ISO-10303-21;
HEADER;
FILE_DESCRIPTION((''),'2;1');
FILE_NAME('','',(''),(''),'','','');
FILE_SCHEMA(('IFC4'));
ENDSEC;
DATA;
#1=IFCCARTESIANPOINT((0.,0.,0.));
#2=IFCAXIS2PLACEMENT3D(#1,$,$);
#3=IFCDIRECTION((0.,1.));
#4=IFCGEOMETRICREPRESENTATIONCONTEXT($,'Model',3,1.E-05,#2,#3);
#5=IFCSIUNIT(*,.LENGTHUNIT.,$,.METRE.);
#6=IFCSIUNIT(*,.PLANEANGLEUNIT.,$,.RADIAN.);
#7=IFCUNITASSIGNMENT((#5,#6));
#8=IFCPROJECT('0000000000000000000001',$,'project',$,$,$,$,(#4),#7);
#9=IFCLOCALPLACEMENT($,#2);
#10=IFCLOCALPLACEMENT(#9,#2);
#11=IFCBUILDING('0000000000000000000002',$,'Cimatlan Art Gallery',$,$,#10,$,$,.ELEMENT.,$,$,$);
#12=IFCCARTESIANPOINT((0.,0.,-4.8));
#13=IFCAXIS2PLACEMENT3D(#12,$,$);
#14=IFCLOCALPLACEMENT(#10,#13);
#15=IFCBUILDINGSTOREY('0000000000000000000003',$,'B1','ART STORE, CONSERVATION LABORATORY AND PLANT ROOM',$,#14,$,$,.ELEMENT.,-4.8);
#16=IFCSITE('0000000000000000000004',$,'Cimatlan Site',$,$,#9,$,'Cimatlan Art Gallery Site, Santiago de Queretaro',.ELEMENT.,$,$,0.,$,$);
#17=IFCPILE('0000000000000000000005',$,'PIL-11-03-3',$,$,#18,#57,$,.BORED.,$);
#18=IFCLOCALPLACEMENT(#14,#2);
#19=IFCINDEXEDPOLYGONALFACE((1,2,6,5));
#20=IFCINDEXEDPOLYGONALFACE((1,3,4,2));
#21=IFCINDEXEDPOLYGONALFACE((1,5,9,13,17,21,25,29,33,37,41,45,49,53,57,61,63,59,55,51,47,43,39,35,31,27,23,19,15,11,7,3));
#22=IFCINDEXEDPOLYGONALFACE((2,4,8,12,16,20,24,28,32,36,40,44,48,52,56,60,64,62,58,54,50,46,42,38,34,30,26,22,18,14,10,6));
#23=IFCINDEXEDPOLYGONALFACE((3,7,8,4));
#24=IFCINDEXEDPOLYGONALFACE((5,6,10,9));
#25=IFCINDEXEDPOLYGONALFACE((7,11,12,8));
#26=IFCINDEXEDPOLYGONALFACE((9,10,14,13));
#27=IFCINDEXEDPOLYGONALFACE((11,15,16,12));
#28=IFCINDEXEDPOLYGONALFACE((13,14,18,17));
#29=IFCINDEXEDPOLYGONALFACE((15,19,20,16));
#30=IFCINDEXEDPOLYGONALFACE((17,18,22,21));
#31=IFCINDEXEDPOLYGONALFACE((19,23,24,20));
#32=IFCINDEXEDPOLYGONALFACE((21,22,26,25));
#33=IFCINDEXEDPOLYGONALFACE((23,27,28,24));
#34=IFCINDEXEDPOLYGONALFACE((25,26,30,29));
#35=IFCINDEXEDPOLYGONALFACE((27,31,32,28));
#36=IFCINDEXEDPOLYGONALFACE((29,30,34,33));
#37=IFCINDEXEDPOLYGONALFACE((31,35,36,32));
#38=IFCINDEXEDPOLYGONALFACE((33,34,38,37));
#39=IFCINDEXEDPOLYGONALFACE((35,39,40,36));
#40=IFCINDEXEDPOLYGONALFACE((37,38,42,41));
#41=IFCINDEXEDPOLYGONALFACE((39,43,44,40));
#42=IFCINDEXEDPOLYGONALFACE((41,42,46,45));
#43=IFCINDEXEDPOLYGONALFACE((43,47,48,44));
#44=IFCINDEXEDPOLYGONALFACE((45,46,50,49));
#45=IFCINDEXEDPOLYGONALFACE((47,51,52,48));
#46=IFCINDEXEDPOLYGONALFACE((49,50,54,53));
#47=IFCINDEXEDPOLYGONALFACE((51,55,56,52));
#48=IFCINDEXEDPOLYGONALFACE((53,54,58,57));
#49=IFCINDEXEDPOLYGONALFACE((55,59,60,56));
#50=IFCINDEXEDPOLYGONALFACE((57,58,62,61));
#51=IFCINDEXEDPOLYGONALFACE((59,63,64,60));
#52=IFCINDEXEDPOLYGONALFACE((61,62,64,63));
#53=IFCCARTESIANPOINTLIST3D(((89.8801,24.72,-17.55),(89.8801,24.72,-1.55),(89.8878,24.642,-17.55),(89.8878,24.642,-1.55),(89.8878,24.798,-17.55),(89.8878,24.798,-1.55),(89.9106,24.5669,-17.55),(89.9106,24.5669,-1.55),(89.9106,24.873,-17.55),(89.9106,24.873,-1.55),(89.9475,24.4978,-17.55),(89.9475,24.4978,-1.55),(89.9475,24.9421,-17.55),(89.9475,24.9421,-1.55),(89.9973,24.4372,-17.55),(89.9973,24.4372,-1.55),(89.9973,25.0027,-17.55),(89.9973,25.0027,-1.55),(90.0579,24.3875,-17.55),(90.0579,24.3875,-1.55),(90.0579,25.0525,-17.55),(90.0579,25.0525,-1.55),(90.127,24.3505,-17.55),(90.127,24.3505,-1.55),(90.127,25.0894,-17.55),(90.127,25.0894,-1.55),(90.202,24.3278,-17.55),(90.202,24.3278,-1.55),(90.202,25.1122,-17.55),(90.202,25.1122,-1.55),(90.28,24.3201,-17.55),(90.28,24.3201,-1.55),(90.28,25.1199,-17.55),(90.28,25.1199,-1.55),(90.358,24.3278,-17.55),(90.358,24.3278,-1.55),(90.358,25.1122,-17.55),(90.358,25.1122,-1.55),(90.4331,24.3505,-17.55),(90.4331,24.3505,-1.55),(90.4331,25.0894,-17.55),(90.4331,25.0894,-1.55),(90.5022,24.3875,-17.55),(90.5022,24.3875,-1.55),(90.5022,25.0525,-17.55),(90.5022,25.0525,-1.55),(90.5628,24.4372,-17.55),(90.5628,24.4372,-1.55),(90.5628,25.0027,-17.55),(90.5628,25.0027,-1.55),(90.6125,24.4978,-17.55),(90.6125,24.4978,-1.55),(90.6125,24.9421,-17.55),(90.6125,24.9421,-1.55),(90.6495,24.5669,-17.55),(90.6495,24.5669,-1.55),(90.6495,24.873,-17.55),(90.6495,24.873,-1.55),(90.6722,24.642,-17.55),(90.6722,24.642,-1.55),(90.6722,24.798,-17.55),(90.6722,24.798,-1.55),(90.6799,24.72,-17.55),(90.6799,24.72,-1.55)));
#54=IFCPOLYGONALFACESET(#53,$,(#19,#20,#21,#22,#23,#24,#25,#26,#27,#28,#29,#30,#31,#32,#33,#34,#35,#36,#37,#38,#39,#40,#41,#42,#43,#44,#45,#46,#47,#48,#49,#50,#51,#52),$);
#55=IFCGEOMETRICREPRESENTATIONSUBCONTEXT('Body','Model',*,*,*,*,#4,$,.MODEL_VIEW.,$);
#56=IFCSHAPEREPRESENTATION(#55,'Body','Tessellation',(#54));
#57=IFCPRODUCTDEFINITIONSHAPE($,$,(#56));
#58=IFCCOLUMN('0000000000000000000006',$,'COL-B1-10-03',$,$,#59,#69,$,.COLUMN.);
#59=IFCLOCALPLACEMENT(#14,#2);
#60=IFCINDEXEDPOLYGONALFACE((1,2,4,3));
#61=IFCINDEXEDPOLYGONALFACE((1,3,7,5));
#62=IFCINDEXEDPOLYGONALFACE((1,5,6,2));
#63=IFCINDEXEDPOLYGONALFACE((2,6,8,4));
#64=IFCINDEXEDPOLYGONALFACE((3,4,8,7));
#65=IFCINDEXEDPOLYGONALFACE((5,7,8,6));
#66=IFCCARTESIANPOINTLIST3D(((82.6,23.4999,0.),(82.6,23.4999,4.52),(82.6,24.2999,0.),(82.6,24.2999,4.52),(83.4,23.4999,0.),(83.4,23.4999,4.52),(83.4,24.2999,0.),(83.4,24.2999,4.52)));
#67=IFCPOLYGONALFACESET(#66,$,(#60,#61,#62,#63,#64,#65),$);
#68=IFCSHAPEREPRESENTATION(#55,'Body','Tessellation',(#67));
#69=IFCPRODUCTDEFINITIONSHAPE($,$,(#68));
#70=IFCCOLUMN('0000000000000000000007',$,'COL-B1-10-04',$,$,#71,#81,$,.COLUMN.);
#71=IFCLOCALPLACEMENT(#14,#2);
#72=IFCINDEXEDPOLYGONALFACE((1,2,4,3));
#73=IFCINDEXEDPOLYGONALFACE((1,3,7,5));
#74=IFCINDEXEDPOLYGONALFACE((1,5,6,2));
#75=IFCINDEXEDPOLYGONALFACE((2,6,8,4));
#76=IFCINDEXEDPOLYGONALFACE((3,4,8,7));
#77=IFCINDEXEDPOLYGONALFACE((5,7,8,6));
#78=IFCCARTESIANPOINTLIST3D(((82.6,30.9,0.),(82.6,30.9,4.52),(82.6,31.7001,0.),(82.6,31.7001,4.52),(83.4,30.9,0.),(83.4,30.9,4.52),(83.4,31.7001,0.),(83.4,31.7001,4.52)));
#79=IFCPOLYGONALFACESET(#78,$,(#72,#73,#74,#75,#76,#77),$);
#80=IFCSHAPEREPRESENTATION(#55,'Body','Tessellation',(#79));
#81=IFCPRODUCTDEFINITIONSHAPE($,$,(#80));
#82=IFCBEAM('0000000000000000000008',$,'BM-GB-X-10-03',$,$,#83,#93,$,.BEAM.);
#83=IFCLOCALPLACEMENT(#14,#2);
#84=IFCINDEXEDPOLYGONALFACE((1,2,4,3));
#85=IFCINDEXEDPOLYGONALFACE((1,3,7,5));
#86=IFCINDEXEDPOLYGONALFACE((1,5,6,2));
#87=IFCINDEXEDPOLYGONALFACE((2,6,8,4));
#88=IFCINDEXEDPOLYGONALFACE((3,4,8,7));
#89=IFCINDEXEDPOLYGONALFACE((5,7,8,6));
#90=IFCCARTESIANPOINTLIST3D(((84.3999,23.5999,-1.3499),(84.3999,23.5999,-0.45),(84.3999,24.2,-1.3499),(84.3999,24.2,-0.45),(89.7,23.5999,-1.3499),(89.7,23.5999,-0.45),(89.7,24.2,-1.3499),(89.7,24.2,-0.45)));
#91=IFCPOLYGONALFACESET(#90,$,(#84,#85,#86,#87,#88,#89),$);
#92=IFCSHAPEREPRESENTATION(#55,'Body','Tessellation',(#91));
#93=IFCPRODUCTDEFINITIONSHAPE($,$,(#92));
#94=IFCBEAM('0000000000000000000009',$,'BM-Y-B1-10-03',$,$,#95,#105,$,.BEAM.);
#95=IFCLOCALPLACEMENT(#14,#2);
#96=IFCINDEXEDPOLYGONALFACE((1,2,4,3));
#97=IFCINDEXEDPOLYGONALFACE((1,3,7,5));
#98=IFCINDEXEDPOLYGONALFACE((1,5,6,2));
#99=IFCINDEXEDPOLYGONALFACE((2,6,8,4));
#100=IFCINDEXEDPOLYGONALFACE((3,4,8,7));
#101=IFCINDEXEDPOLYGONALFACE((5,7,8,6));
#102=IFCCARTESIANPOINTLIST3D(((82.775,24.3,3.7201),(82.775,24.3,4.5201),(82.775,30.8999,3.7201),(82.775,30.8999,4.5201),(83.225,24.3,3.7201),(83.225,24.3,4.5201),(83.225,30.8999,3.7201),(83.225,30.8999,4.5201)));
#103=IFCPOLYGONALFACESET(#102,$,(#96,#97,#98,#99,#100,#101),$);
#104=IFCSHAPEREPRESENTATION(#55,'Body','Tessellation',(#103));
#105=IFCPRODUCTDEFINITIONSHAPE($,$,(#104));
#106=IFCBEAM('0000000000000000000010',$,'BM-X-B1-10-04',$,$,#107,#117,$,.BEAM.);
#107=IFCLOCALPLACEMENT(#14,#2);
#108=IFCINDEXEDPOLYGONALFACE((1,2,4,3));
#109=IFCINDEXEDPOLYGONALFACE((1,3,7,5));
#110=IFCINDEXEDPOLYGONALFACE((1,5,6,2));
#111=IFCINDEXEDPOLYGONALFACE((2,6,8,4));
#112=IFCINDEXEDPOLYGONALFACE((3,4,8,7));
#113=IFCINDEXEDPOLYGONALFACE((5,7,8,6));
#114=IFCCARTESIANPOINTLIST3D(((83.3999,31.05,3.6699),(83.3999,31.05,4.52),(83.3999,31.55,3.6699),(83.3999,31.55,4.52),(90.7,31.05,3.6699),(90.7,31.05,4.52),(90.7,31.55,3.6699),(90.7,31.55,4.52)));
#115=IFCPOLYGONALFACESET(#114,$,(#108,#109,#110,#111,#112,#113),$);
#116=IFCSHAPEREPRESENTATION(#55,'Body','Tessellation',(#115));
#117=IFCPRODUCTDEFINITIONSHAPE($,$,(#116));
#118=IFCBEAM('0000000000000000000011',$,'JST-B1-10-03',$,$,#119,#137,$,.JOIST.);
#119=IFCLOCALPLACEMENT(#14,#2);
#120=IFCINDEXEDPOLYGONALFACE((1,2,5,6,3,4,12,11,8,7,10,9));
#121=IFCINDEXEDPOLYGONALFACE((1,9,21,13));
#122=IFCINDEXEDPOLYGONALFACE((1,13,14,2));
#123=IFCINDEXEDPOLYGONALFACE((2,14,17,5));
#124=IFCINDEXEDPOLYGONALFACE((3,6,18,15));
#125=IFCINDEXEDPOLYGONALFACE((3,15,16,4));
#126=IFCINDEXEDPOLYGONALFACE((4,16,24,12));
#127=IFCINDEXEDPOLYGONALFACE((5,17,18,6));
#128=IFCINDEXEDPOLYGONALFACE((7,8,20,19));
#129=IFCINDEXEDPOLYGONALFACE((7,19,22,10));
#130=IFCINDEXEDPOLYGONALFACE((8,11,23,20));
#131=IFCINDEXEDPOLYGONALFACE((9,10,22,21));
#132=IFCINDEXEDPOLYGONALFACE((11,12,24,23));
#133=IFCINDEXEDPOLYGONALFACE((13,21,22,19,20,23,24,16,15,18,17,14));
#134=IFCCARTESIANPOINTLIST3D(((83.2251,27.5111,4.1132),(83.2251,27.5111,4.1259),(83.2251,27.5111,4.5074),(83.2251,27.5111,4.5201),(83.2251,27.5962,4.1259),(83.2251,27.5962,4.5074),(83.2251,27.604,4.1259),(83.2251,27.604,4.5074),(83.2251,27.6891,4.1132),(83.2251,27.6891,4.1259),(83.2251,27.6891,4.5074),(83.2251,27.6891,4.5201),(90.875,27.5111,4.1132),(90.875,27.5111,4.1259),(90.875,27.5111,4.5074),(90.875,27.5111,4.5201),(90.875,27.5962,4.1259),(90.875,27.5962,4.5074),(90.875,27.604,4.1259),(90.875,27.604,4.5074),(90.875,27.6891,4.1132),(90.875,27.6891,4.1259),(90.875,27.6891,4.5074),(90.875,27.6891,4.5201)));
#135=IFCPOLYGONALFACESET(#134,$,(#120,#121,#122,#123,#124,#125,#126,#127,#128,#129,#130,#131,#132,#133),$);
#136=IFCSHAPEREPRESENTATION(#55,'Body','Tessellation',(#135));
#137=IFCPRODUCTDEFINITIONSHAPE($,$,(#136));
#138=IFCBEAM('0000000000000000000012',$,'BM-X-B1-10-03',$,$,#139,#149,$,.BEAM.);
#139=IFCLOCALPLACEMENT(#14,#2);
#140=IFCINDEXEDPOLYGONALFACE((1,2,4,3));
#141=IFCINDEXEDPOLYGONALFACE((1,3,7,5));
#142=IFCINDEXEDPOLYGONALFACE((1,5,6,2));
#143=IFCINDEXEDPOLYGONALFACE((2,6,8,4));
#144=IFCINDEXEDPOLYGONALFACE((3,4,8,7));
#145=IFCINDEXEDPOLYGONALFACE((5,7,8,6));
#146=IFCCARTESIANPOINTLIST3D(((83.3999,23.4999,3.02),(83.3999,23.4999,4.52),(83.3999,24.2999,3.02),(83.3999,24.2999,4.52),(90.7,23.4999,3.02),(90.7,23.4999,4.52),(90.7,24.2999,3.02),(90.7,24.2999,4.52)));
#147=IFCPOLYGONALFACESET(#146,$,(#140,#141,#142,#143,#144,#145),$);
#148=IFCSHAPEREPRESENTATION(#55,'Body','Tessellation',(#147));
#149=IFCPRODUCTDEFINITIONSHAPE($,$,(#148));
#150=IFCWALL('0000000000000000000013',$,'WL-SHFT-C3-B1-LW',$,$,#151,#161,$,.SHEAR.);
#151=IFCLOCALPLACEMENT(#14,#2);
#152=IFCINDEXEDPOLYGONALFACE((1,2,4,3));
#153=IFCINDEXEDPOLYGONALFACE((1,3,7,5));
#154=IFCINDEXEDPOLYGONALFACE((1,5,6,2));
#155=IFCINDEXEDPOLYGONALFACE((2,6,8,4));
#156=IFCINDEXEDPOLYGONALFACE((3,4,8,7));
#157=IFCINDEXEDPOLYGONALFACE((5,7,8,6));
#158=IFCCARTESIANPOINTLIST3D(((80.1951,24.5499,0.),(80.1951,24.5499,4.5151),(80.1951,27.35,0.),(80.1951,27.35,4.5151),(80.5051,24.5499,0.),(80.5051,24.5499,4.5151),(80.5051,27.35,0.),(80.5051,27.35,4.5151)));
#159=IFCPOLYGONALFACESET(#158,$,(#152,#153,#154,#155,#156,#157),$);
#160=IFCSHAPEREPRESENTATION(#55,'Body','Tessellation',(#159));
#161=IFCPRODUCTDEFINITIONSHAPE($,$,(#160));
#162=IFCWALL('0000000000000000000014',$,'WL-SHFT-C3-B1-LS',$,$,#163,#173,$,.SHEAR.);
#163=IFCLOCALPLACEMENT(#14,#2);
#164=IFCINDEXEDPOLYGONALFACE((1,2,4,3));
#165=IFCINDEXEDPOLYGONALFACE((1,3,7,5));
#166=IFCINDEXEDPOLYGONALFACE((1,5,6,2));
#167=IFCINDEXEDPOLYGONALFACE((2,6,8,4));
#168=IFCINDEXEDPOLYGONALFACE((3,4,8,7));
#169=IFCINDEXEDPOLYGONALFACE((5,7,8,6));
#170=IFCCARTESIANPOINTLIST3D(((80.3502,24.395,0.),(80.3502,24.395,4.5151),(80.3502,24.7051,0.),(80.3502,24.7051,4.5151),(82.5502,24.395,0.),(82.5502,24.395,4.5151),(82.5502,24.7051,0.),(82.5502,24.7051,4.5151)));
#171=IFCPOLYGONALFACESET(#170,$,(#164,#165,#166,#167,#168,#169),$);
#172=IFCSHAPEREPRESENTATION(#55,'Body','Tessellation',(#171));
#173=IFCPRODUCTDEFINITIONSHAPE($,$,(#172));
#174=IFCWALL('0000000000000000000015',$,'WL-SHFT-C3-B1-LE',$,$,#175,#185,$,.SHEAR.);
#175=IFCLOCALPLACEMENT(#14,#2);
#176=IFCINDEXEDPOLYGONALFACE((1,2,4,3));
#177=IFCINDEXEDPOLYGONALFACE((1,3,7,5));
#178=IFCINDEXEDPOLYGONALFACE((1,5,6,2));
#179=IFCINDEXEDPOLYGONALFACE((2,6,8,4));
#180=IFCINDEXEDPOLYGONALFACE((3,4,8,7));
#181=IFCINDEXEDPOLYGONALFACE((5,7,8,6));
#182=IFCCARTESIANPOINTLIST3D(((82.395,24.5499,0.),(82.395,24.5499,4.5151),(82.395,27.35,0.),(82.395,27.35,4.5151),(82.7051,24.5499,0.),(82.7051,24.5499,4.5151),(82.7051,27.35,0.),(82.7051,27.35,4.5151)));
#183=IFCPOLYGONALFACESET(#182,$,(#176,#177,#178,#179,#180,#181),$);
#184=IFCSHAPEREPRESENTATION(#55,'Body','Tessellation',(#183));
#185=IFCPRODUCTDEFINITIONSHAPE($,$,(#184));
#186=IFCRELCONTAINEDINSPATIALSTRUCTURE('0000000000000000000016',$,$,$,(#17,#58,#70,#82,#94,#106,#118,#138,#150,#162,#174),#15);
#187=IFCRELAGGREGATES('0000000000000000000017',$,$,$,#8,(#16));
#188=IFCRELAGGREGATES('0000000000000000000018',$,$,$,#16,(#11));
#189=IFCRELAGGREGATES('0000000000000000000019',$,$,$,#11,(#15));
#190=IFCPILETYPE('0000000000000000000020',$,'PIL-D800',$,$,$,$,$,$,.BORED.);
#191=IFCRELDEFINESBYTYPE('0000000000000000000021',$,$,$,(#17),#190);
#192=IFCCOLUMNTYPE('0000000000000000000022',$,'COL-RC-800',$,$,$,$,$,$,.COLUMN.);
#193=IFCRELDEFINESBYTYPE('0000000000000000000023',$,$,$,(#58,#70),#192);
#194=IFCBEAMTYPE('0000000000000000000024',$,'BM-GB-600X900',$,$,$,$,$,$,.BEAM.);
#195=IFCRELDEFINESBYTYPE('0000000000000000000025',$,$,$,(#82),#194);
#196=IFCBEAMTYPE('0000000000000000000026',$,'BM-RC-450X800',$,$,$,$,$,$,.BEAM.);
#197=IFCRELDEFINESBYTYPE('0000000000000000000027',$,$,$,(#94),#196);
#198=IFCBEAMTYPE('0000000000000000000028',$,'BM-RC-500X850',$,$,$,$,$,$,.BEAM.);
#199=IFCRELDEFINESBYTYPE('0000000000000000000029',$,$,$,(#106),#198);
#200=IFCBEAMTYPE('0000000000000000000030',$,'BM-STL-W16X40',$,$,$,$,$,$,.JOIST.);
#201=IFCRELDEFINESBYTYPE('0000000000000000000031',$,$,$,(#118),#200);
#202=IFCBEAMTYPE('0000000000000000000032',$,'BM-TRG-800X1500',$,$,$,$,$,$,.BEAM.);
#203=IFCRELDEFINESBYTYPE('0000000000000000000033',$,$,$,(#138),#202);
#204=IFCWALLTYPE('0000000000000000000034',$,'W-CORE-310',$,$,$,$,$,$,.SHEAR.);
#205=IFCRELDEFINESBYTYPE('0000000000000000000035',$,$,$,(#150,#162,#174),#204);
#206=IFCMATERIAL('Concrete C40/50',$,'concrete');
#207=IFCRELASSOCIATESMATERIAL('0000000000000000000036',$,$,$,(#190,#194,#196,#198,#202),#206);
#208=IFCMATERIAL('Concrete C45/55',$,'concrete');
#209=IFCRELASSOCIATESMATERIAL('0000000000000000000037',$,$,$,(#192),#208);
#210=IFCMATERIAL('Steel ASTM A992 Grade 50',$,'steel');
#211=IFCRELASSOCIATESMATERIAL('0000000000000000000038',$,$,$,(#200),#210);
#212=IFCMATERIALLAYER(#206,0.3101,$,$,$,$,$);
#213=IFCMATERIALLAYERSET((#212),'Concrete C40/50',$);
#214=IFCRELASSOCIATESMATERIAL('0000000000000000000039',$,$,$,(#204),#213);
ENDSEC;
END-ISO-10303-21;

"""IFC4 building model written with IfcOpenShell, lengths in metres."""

from ifc_helpers import new_model, si_unit, direction, frame, frame_2d, origin, origin_2d, place, context, subcontext, project, spatial, rectangle, circle, i_section, extrude, material, layer, layer_set, material_profile, profile_set, type_object, element, save


model = new_model("IFC4")

# Units and contexts
model_context = context("Model", 3, precision=1e-05, world=origin(), true_north=direction((0.0, 1.0)))
body_context = subcontext(model_context, "Body", "Model", "MODEL_VIEW")
ifc_project = project(units=[si_unit("LENGTHUNIT", "METRE"), si_unit("PLANEANGLEUNIT", "RADIAN")], contexts=[model_context])

# Site, building, storey
site_placement = place(None, origin())
site = spatial("IfcSite", under=ifc_project, at=site_placement, Name="Cimatlan Site", LongName="Cimatlan Art Gallery Site, Santiago de Queretaro", CompositionType="ELEMENT", RefElevation=0.0)
building_placement = place(site_placement, origin())
building = spatial("IfcBuilding", under=site, at=building_placement, Name="Cimatlan Art Gallery", CompositionType="ELEMENT")
storey_placement = place(building_placement, frame((0.0, 0.0, -4.8)))
storey = spatial("IfcBuildingStorey", under=building, at=storey_placement, Name="B1", Description="ART STORE, CONSERVATION LABORATORY AND PLANT ROOM", CompositionType="ELEMENT", Elevation=-4.8)

# Shared definitions
ifc_material_1 = material(Name="Concrete C40/50", Category="concrete")

# Pile
pile_type = type_object("IfcPileType", Name="PIL-D800", PredefinedType="BORED", material=ifc_material_1)
for number, where, z_axis, x_axis, name in (
    (1, (90.28, 24.72, -1.55), (0.0, 0.0, -1.0), (1.0, 0.0, 0.0), "PIL-11-03-3"),
):
    element("IfcPile", number, at=place(storey_placement, frame(where, z_axis=z_axis, x_axis=x_axis)), inside=storey, type_object=pile_type, Name=name, PredefinedType="BORED", context=body_context, shape_type="SweptSolid", body=[
        extrude(circle(Radius=0.3999, at=origin_2d()), origin(), (0.0, 0.0, 1.0), 16.0),
    ])

# Columns
ifc_material_2 = material(Name="Concrete C45/55", Category="concrete")
ifc_material_profile_1 = material_profile(ifc_material_2, rectangle(XDim=0.8, YDim=0.8, at=origin_2d()), Name="RC800X800")
ifc_profile_set_1 = profile_set([ifc_material_profile_1], Name="Concrete C45/55")
column_type = type_object("IfcColumnType", Name="COL-RC-800", PredefinedType="COLUMN", material=ifc_profile_set_1)
for number, where, z_axis, x_axis, name in (
    (2, (83.0, 23.8999, 0.0), (0.0, 0.0, 1.0), (1.0, 0.0, 0.0), "COL-B1-10-03"),
    (3, (83.0, 31.3, 0.0), (0.0, 0.0, 1.0), (1.0, 0.0, 0.0), "COL-B1-10-04"),
):
    element("IfcColumn", number, at=place(storey_placement, frame(where, z_axis=z_axis, x_axis=x_axis)), inside=storey, type_object=column_type, Name=name, PredefinedType="COLUMN", context=body_context, shape_type="SweptSolid", body=[
        extrude(rectangle(XDim=0.8, YDim=0.8, at=origin_2d()), origin(), (0.0, 0.0, 1.0), 4.52),
    ])

# Beams
ifc_material_profile_2 = material_profile(ifc_material_1, rectangle(XDim=0.6001, YDim=0.8999, at=origin_2d()), Name="RC600X900")
ifc_profile_set_2 = profile_set([ifc_material_profile_2], Name="Concrete C40/50")
beam_type_1 = type_object("IfcBeamType", Name="BM-GB-600X900", PredefinedType="BEAM", material=ifc_profile_set_2)
beam_1_placement = place(storey_placement, frame((84.3999, 23.8999, -0.8999), z_axis=(1.0, 0.0, 0.0), x_axis=(0.0, 1.0, 0.0)))
element("IfcBeam", 4, at=beam_1_placement, inside=storey, type_object=beam_type_1, Name="BM-GB-X-10-03", PredefinedType="BEAM", context=body_context, shape_type="SweptSolid", body=[
    extrude(rectangle(XDim=0.6001, YDim=0.8999, at=origin_2d()), origin(), (0.0, 0.0, 1.0), 5.3),
])
ifc_material_profile_3 = material_profile(ifc_material_1, rectangle(XDim=0.45, YDim=0.8, at=origin_2d()), Name="RC450X800")
ifc_profile_set_3 = profile_set([ifc_material_profile_3], Name="Concrete C40/50")
beam_type_2 = type_object("IfcBeamType", Name="BM-RC-450X800", PredefinedType="BEAM", material=ifc_profile_set_3)
beam_2_placement = place(storey_placement, frame((83.0, 24.3, 4.1201), z_axis=(0.0, 1.0, 0.0), x_axis=(-1.0, 0.0, 0.0)))
element("IfcBeam", 5, at=beam_2_placement, inside=storey, type_object=beam_type_2, Name="BM-Y-B1-10-03", PredefinedType="BEAM", context=body_context, shape_type="SweptSolid", body=[
    extrude(rectangle(XDim=0.45, YDim=0.8, at=origin_2d()), origin(), (0.0, 0.0, 1.0), 6.5999),
])
ifc_material_profile_4 = material_profile(ifc_material_1, rectangle(XDim=0.5, YDim=0.8501, at=origin_2d()), Name="RC500X850")
ifc_profile_set_4 = profile_set([ifc_material_profile_4], Name="Concrete C40/50")
beam_type_3 = type_object("IfcBeamType", Name="BM-RC-500X850", PredefinedType="BEAM", material=ifc_profile_set_4)
beam_3_placement = place(storey_placement, frame((83.3999, 31.3, 4.095), z_axis=(1.0, 0.0, 0.0), x_axis=(0.0, 1.0, 0.0)))
element("IfcBeam", 6, at=beam_3_placement, inside=storey, type_object=beam_type_3, Name="BM-X-B1-10-04", PredefinedType="BEAM", context=body_context, shape_type="SweptSolid", body=[
    extrude(rectangle(XDim=0.5, YDim=0.8501, at=origin_2d()), origin(), (0.0, 0.0, 1.0), 7.3),
])
ifc_material_3 = material(Name="Steel ASTM A992 Grade 50", Category="steel")
ifc_material_profile_5 = material_profile(ifc_material_3, i_section(OverallWidth=0.178, OverallDepth=0.407, WebThickness=0.0078, FlangeThickness=0.0127, at=origin_2d()), Name="W16X40")
ifc_profile_set_5 = profile_set([ifc_material_profile_5], Name="Steel ASTM A992 Grade 50")
beam_type_4 = type_object("IfcBeamType", Name="BM-STL-W16X40", PredefinedType="JOIST", material=ifc_profile_set_5)
beam_4_placement = place(storey_placement, frame((83.2251, 27.6001, 4.3167), z_axis=(1.0, 0.0, 0.0), x_axis=(0.0, 1.0, 0.0)))
element("IfcBeam", 7, at=beam_4_placement, inside=storey, type_object=beam_type_4, Name="JST-B1-10-03", PredefinedType="JOIST", context=body_context, shape_type="SweptSolid", body=[
    extrude(i_section(OverallWidth=0.178, OverallDepth=0.407, WebThickness=0.0078, FlangeThickness=0.0127, at=origin_2d()), origin(), (0.0, 0.0, 1.0), 7.6499),
])
ifc_material_profile_6 = material_profile(ifc_material_1, rectangle(XDim=0.8, YDim=1.5, at=origin_2d()), Name="RC800X1500")
ifc_profile_set_6 = profile_set([ifc_material_profile_6], Name="Concrete C40/50")
beam_type_5 = type_object("IfcBeamType", Name="BM-TRG-800X1500", PredefinedType="BEAM", material=ifc_profile_set_6)
beam_5_placement = place(storey_placement, frame((83.3999, 23.8999, 3.77), z_axis=(1.0, 0.0, 0.0), x_axis=(0.0, 1.0, 0.0)))
element("IfcBeam", 8, at=beam_5_placement, inside=storey, type_object=beam_type_5, Name="BM-X-B1-10-03", PredefinedType="BEAM", context=body_context, shape_type="SweptSolid", body=[
    extrude(rectangle(XDim=0.8, YDim=1.5, at=origin_2d()), origin(), (0.0, 0.0, 1.0), 7.3),
])

# Walls
ifc_layer_1 = layer(ifc_material_1, 0.3101)
ifc_layer_set_1 = layer_set([ifc_layer_1], Name="Concrete C40/50")
wall_type_1 = type_object("IfcWallType", Name="W-CORE-310", PredefinedType="SHEAR", material=ifc_layer_set_1)
wall_1_placement = place(storey_placement, frame((80.3501, 24.55, 0.0), z_axis=(0.0, 0.0, 1.0), x_axis=(0.0, 1.0, 0.0)))
element("IfcWall", 9, at=wall_1_placement, inside=storey, type_object=wall_type_1, Name="WL-SHFT-C3-B1-LW", PredefinedType="SHEAR", context=body_context, shape_type="SweptSolid", body=[
    extrude(rectangle(XDim=2.8, YDim=0.3101, at=frame_2d((1.3999, 0.0))), origin(), (0.0, 0.0, 1.0), 4.5151),
])
wall_2_placement = place(storey_placement, frame((80.3501, 24.55, 0.0), z_axis=(0.0, 0.0, 1.0), x_axis=(1.0, 0.0, 0.0)))
element("IfcWall", 10, at=wall_2_placement, inside=storey, type_object=wall_type_1, Name="WL-SHFT-C3-B1-LS", PredefinedType="SHEAR", context=body_context, shape_type="SweptSolid", body=[
    extrude(rectangle(XDim=2.2, YDim=0.3101, at=frame_2d((1.1001, 0.0))), origin(), (0.0, 0.0, 1.0), 4.5151),
])
wall_3_placement = place(storey_placement, frame((82.55, 24.55, 0.0), z_axis=(0.0, 0.0, 1.0), x_axis=(0.0, 1.0, 0.0)))
element("IfcWall", 11, at=wall_3_placement, inside=storey, type_object=wall_type_1, Name="WL-SHFT-C3-B1-LE", PredefinedType="SHEAR", context=body_context, shape_type="SweptSolid", body=[
    extrude(rectangle(XDim=2.8, YDim=0.3101, at=frame_2d((1.3999, 0.0))), origin(), (0.0, 0.0, 1.0), 4.5151),
])

save(model, "model.ifc")
